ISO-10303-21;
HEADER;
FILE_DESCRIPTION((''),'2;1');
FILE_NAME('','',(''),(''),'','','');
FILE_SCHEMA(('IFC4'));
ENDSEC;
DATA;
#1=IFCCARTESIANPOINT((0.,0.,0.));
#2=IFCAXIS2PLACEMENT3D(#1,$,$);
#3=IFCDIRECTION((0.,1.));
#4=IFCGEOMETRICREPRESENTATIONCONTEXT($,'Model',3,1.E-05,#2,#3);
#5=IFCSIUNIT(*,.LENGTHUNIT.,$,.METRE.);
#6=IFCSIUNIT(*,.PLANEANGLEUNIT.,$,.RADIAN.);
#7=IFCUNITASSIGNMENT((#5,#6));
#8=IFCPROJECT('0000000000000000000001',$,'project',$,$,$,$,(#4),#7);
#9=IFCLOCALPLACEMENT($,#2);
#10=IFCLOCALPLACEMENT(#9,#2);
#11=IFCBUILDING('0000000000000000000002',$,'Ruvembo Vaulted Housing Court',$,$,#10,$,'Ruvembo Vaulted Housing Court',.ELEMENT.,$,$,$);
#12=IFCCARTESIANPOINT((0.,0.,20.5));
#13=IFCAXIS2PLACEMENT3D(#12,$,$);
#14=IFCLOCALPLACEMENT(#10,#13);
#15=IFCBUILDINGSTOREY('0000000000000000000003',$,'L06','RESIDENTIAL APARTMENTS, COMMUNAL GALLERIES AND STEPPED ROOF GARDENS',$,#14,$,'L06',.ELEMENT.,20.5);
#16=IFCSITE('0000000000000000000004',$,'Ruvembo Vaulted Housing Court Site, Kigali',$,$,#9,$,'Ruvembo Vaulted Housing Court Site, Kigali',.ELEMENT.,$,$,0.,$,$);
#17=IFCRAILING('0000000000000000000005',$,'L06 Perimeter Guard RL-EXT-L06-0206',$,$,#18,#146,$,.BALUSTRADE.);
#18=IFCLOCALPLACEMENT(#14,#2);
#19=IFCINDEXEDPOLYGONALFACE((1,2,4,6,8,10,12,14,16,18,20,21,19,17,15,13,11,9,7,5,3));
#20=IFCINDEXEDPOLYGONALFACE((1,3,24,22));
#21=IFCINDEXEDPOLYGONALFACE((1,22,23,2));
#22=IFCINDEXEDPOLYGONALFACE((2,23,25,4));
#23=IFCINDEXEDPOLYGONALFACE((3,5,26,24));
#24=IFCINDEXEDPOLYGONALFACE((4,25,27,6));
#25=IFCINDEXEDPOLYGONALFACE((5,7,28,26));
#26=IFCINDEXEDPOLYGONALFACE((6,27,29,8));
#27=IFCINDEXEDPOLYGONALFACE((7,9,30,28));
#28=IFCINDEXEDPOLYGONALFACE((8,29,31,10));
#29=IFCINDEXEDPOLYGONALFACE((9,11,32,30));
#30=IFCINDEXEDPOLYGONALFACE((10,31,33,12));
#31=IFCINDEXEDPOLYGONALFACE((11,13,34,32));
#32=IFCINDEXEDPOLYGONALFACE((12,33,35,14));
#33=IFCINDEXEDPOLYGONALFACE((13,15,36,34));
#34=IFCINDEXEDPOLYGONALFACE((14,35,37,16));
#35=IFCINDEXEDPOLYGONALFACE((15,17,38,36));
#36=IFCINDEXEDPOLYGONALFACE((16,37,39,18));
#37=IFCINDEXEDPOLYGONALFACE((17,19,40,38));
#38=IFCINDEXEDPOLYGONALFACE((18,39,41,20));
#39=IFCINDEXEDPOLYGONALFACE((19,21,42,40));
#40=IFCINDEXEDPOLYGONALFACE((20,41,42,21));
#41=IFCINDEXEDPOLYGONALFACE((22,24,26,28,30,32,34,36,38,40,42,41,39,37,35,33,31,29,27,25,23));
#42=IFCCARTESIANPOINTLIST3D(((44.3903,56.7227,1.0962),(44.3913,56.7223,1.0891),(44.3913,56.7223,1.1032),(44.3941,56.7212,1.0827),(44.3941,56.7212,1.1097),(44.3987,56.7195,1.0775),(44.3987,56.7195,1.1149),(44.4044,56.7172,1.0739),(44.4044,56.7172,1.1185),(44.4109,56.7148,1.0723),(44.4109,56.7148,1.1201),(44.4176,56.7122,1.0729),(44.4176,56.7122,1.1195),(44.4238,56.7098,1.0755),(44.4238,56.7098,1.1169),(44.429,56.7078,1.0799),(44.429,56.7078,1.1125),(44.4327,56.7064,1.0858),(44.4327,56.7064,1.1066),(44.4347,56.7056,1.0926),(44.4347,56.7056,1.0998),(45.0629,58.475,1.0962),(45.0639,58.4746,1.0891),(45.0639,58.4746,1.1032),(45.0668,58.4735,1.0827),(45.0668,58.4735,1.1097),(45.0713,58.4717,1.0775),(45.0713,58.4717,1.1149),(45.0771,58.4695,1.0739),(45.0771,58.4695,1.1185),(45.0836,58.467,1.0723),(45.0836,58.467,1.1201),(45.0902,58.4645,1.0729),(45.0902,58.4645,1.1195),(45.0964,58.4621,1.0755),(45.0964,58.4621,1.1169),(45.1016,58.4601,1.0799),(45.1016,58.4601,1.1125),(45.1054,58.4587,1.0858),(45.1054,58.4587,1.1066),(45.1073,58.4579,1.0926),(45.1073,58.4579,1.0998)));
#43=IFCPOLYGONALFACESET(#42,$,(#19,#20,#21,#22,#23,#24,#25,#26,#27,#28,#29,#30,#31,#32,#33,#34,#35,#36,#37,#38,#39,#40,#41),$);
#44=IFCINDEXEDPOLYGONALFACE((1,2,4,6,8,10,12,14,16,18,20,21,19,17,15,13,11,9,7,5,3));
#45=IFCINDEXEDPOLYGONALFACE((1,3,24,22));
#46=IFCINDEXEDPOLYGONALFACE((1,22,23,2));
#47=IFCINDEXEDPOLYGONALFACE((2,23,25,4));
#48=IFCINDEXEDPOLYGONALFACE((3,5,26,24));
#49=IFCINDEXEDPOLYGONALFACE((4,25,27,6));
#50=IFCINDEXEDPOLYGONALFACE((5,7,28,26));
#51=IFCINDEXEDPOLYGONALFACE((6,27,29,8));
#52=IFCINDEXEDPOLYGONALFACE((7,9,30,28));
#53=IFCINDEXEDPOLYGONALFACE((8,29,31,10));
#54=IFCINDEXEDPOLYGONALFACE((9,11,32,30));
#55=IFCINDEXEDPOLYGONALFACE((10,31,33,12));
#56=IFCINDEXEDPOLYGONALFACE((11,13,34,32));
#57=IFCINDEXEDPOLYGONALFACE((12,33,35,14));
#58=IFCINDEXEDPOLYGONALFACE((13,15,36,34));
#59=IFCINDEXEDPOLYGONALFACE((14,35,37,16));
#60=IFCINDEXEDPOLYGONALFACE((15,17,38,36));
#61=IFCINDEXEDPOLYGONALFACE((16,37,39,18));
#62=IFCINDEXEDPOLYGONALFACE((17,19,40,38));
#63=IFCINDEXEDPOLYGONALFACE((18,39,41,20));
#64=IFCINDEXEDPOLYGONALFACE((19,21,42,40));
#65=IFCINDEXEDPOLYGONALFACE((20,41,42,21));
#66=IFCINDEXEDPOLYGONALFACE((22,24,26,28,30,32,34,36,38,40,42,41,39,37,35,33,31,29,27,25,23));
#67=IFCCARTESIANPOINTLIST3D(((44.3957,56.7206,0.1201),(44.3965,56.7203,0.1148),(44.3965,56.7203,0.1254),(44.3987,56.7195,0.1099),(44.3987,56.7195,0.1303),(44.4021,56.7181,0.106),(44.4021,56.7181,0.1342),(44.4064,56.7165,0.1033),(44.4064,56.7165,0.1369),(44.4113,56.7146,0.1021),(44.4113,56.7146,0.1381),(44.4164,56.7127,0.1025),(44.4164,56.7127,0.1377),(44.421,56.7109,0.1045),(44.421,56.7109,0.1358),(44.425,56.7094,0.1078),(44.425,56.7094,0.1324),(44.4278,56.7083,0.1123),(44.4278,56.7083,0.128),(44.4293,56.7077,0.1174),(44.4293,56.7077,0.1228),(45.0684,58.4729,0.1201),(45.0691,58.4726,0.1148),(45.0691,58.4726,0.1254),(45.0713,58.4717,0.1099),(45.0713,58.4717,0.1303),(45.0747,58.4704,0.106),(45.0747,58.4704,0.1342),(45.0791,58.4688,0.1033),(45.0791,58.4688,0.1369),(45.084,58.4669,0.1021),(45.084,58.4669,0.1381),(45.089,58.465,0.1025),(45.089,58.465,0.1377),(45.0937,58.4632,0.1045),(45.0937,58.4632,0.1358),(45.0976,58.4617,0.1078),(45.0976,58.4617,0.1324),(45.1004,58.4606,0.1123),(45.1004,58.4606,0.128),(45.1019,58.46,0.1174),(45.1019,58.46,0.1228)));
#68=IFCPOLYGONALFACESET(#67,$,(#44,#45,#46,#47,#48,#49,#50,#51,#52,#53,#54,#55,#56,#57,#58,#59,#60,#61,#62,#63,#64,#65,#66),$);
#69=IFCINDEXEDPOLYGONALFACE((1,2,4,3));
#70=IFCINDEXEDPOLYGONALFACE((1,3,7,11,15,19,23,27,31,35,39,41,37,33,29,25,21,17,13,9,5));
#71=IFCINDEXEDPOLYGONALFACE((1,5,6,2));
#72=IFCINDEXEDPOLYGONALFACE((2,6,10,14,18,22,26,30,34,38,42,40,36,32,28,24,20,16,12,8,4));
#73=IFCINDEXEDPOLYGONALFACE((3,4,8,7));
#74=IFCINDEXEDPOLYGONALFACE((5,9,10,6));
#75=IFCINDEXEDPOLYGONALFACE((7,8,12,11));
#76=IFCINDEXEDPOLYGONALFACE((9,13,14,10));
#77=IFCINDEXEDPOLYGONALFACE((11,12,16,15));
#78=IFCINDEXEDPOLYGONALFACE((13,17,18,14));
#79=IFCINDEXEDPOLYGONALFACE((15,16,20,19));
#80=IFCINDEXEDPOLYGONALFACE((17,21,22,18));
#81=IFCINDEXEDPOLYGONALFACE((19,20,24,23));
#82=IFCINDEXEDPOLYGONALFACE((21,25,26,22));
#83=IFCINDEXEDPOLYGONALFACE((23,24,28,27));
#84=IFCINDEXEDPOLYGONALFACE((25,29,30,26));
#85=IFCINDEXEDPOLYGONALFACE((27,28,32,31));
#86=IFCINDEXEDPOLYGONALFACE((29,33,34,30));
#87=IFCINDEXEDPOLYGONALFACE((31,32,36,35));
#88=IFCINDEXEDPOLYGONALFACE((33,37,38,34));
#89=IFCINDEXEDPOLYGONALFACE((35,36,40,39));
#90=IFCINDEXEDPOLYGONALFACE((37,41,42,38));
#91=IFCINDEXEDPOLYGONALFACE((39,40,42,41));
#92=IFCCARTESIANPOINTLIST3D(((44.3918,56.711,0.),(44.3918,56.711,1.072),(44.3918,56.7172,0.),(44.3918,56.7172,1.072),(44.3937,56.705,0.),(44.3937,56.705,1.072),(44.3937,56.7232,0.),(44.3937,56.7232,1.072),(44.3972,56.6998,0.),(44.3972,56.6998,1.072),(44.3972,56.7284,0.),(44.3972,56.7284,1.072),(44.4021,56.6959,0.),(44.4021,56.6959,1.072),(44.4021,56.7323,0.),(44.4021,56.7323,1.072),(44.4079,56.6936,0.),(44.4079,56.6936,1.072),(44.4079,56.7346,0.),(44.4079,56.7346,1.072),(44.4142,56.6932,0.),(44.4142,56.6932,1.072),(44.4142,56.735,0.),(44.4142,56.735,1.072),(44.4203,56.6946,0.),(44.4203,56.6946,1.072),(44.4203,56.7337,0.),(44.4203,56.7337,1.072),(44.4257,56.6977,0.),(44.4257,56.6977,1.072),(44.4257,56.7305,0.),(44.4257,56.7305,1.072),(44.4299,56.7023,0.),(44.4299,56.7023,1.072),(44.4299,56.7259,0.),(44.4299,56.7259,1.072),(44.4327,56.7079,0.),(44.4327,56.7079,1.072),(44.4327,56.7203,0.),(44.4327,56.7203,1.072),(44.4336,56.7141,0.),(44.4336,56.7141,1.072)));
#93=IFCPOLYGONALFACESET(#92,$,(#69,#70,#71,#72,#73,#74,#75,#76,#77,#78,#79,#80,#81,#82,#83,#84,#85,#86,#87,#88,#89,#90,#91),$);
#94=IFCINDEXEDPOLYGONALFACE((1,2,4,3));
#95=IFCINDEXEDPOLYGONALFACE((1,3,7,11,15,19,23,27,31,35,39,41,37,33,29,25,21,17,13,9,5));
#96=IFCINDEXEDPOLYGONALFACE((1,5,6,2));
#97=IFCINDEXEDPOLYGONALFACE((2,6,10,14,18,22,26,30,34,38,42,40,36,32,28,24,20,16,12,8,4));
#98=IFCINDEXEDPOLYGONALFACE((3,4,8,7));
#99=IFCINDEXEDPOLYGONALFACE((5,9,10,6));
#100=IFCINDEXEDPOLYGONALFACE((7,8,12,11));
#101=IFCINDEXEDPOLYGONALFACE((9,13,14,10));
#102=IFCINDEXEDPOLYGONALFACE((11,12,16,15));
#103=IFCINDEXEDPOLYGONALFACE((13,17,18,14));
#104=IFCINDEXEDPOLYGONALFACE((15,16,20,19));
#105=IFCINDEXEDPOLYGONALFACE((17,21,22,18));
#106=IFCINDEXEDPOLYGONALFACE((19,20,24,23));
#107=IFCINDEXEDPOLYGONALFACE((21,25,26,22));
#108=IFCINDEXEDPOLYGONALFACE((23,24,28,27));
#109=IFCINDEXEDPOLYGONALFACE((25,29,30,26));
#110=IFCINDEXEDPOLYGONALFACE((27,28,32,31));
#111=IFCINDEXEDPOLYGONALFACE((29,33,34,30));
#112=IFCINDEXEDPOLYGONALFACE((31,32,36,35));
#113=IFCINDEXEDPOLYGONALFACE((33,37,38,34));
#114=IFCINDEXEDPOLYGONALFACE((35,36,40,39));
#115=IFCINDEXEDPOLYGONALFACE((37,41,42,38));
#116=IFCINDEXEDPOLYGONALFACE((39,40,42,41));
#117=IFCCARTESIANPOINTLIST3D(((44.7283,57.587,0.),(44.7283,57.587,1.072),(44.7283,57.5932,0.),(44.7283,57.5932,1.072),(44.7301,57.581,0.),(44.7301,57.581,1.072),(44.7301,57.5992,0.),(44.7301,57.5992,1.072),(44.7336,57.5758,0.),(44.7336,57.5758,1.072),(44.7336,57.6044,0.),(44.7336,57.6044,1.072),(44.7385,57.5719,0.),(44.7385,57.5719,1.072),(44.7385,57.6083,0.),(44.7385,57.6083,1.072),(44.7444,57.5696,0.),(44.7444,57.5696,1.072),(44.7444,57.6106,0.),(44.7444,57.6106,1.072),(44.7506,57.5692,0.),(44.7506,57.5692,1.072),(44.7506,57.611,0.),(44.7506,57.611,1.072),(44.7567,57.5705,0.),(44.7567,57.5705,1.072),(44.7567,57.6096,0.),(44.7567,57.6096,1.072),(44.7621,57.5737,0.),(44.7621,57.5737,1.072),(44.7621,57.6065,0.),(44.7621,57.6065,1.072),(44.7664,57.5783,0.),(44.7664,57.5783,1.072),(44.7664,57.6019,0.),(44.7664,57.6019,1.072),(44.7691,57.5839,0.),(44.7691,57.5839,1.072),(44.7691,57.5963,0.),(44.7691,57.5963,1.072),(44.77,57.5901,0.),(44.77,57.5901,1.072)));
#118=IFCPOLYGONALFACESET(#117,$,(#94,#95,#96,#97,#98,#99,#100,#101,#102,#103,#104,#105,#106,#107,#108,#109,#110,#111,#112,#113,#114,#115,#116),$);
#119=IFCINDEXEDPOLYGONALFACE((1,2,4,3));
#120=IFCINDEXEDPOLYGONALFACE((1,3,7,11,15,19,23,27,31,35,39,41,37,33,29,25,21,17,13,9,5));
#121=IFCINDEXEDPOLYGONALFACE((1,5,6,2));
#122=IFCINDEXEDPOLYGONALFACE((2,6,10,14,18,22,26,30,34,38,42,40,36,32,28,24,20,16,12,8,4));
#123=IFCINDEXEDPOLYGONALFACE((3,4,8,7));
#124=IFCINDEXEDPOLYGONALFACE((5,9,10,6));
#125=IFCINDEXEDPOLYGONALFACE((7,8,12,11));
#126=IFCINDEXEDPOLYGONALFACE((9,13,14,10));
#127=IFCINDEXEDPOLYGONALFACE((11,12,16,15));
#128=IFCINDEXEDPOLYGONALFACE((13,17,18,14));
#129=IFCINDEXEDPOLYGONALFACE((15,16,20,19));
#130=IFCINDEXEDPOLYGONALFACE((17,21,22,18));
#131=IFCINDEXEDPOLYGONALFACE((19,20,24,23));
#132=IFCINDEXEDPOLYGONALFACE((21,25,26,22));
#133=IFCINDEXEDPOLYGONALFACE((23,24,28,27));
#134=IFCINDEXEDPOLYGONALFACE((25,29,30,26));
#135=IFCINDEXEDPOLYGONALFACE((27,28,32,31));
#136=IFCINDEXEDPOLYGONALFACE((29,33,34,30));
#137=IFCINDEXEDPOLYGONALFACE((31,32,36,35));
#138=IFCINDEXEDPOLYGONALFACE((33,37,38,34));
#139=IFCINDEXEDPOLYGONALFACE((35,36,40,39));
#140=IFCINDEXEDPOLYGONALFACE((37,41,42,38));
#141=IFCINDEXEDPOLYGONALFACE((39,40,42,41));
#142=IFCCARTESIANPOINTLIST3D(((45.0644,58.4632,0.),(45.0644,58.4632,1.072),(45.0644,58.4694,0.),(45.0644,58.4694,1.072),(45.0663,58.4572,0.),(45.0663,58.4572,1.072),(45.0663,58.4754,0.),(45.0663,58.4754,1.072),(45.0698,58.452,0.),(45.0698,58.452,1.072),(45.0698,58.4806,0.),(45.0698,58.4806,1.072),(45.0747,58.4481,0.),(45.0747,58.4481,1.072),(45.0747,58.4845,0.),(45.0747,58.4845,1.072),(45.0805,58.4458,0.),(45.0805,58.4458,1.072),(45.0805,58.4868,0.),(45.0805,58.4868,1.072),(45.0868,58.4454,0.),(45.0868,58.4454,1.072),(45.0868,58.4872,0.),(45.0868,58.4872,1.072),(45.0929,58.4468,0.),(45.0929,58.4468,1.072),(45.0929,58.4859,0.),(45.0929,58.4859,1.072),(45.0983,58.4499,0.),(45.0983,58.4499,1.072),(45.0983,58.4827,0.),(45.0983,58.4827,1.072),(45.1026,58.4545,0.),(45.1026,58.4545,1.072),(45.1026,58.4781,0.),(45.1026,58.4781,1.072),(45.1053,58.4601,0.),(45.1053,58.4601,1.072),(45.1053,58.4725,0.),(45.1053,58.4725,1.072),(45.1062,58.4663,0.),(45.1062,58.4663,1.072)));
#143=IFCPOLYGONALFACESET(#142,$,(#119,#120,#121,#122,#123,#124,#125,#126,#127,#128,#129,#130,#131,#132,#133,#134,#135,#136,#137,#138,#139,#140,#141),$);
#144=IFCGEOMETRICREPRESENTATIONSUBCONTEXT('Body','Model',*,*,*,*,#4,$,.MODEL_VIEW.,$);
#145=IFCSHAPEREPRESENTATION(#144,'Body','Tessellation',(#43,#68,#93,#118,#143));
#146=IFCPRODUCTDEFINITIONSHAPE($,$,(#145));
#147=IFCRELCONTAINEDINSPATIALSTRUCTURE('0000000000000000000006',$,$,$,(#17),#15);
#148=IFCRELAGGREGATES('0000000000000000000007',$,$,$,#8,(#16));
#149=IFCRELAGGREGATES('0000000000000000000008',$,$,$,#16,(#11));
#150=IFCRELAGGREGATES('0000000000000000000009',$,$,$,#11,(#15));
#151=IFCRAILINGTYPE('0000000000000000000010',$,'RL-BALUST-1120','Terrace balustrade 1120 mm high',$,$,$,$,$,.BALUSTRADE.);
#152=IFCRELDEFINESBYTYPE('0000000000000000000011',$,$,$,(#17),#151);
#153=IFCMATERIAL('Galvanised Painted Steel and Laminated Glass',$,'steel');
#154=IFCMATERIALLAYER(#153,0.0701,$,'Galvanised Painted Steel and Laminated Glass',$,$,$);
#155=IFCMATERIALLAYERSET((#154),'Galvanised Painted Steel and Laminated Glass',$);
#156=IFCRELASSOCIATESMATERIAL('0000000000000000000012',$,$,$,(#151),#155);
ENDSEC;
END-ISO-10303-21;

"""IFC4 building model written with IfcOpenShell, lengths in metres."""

from ifc_helpers import new_model, si_unit, direction, frame, origin, origin_2d, place, context, subcontext, project, spatial, circle, extrude, material, layer, layer_set, type_object, element, save


model = new_model("IFC4")

# Units and contexts
model_context = context("Model", 3, precision=1e-05, world=origin(), true_north=direction((0.0, 1.0)))
body_context = subcontext(model_context, "Body", "Model", "MODEL_VIEW")
ifc_project = project(units=[si_unit("LENGTHUNIT", "METRE"), si_unit("PLANEANGLEUNIT", "RADIAN")], contexts=[model_context])

# Site, building, storey
site_placement = place(None, origin())
site = spatial("IfcSite", under=ifc_project, at=site_placement, Name="Ruvembo Vaulted Housing Court Site, Kigali", LongName="Ruvembo Vaulted Housing Court Site, Kigali", CompositionType="ELEMENT", RefElevation=0.0)
building_placement = place(site_placement, origin())
building = spatial("IfcBuilding", under=site, at=building_placement, Name="Ruvembo Vaulted Housing Court", LongName="Ruvembo Vaulted Housing Court", CompositionType="ELEMENT")
storey_placement = place(building_placement, frame((0.0, 0.0, 20.5)))
storey = spatial("IfcBuildingStorey", under=building, at=storey_placement, Name="L06", Description="RESIDENTIAL APARTMENTS, COMMUNAL GALLERIES AND STEPPED ROOF GARDENS", LongName="L06", CompositionType="ELEMENT", Elevation=20.5)

# Railing
ifc_material_1 = material(Name="Galvanised Painted Steel and Laminated Glass", Category="steel")
ifc_layer_1 = layer(ifc_material_1, 0.0701, Name="Galvanised Painted Steel and Laminated Glass")
ifc_layer_set_1 = layer_set([ifc_layer_1], Name="Galvanised Painted Steel and Laminated Glass")
railing_type = type_object("IfcRailingType", Name="RL-BALUST-1120", Description="Terrace balustrade 1120 mm high", PredefinedType="BALUSTRADE", material=ifc_layer_set_1)
railing_1_placement = place(storey_placement, frame((44.4126, 56.7141, 0.0)))
element("IfcRailing", 1, at=railing_1_placement, inside=storey, type_object=railing_type, Name="L06 Perimeter Guard RL-EXT-L06-0206", PredefinedType="BALUSTRADE", context=body_context, shape_type="SweptSolid", body=[
    extrude(circle(Radius=0.0239, at=origin_2d()), frame((0.0, 0.0, 1.0962), z_axis=(0.358369, 0.93358, 0.0), x_axis=(-0.93358, 0.358369, 0.0)), (0.0, 0.0, 1.0), 1.877),
    extrude(circle(Radius=0.0181, at=origin_2d()), frame((0.0, 0.0, 0.1201), z_axis=(0.358369, 0.93358, 0.0), x_axis=(-0.93358, 0.358369, 0.0)), (0.0, 0.0, 1.0), 1.877),
    extrude(circle(Radius=0.021, at=origin_2d()), origin(), (0.0, 0.0, 1.0), 1.072),
    extrude(circle(Radius=0.021, at=origin_2d()), frame((0.3364, 0.876, 0.0)), (0.0, 0.0, 1.0), 1.072),
    extrude(circle(Radius=0.021, at=origin_2d()), frame((0.6726, 1.7522, 0.0)), (0.0, 0.0, 1.0), 1.072),
])

save(model, "model.ifc")
